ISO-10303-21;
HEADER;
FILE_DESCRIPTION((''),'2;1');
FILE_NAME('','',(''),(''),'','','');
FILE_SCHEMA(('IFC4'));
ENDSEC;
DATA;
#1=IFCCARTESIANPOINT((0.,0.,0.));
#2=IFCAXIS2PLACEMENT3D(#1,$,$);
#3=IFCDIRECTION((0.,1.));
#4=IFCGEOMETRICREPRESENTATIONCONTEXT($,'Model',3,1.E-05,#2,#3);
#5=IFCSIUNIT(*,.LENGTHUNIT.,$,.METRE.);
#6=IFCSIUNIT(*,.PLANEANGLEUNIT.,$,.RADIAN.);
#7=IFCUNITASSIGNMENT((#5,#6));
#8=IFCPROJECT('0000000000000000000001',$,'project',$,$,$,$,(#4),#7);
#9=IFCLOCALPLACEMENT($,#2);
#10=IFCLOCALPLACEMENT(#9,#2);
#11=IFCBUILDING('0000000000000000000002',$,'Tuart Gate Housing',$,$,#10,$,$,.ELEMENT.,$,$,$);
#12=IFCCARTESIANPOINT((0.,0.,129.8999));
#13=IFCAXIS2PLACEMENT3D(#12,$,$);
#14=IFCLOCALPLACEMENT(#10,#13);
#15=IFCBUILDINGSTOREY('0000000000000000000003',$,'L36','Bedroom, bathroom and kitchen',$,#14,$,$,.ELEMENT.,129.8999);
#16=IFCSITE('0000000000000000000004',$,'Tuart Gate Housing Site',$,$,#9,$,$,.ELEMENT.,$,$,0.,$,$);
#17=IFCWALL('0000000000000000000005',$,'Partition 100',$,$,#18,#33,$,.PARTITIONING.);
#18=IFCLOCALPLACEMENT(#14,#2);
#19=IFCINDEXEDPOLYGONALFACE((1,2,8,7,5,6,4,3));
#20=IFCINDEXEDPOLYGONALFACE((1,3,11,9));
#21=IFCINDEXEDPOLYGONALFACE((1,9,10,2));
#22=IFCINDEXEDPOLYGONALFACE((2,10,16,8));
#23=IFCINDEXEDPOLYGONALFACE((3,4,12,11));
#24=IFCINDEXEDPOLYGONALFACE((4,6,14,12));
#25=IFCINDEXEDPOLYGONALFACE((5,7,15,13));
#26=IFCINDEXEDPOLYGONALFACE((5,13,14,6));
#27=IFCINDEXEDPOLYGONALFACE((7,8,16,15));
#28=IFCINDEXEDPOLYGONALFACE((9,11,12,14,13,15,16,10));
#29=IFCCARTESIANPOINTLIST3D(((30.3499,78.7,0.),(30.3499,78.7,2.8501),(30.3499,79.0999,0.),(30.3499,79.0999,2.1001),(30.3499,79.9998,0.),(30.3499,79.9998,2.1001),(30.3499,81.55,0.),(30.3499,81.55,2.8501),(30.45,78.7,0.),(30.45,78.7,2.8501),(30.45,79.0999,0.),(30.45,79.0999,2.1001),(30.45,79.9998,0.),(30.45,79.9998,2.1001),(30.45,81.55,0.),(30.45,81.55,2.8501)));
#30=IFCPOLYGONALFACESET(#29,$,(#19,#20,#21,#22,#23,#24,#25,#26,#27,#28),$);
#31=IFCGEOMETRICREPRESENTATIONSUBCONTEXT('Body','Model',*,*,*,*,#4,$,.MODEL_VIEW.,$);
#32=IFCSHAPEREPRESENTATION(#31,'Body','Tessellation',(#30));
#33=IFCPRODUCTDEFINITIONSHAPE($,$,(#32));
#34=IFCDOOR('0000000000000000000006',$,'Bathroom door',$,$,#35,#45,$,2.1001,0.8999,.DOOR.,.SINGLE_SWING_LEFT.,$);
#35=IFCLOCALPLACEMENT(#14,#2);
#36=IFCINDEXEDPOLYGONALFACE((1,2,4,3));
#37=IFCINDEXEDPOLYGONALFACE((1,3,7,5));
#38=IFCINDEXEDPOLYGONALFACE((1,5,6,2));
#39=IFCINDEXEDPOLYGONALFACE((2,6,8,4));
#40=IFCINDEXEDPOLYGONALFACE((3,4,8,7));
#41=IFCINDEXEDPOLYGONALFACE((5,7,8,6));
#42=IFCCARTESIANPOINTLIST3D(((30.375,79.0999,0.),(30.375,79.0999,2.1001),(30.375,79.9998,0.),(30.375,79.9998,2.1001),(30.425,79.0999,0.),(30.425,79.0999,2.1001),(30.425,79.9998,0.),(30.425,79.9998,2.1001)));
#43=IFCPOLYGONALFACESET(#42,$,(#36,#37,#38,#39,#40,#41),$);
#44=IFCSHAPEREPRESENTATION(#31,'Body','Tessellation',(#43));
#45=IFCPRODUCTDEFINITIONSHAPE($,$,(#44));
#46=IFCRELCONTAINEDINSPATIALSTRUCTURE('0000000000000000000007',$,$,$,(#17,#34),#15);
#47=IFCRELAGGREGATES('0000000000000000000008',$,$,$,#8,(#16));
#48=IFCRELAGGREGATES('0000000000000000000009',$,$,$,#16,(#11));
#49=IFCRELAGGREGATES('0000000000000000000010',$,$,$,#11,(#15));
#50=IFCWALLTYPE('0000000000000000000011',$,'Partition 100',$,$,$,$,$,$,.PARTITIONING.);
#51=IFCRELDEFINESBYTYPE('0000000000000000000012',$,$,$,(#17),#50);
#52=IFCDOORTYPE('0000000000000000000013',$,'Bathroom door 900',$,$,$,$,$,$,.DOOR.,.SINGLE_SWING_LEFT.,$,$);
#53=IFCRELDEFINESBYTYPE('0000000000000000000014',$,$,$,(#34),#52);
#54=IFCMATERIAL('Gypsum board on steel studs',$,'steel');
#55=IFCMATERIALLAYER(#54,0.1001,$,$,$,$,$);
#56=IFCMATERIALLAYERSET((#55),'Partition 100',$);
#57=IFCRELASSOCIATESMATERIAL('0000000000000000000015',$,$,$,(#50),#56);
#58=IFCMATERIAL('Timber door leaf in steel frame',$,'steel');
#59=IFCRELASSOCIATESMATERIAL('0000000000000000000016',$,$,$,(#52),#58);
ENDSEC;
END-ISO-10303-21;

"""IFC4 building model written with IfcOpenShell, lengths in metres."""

from ifc_helpers import new_model, si_unit, direction, frame, frame_2d, origin, place, context, subcontext, project, spatial, rectangle, extrude, material, layer, layer_set, type_object, element, fill, save


model = new_model("IFC4")

# Units and contexts
model_context = context("Model", 3, precision=1e-05, world=origin(), true_north=direction((0.0, 1.0)))
body_context = subcontext(model_context, "Body", "Model", "MODEL_VIEW")
ifc_project = project(units=[si_unit("LENGTHUNIT", "METRE"), si_unit("PLANEANGLEUNIT", "RADIAN")], contexts=[model_context])

# Site, building, storey
site_placement = place(None, origin())
site = spatial("IfcSite", under=ifc_project, at=site_placement, Name="Tuart Gate Housing Site", CompositionType="ELEMENT", RefElevation=0.0)
building_placement = place(site_placement, origin())
building = spatial("IfcBuilding", under=site, at=building_placement, Name="Tuart Gate Housing", CompositionType="ELEMENT")
storey_placement = place(building_placement, frame((0.0, 0.0, 129.8999)))
storey = spatial("IfcBuildingStorey", under=building, at=storey_placement, Name="L36", Description="Bedroom, bathroom and kitchen", CompositionType="ELEMENT", Elevation=129.8999)

# Shared definitions
ifc_material_1 = material(Name="Gypsum board on steel studs", Category="steel")
ifc_layer_1 = layer(ifc_material_1, 0.1001)
ifc_layer_set_1 = layer_set([ifc_layer_1], Name="Partition 100")
wall_type_1 = type_object("IfcWallType", Name="Partition 100", PredefinedType="PARTITIONING", material=ifc_layer_set_1)

# Wall, opening, door
wall_1_placement = place(storey_placement, frame((30.3999, 78.7, 0.0), z_axis=(0.0, 0.0, 1.0), x_axis=(0.0, 1.0, 0.0)))
wall_1 = element("IfcWall", 1, at=wall_1_placement, inside=storey, type_object=wall_type_1, Name="Partition 100", PredefinedType="PARTITIONING", context=body_context, shape_type="SweptSolid", body=[
    extrude(rectangle(XDim=2.8501, YDim=0.1001, at=frame_2d((1.425, 0.0))), origin(), (0.0, 0.0, 1.0), 2.8501),
])
opening_1_placement = place(wall_1_placement, frame((0.3999, 0.0, 0.0)))
opening_1 = element("IfcOpeningElement", 2, at=opening_1_placement, cuts=wall_1, PredefinedType="OPENING", context=body_context, shape_type="SweptSolid", body=[
    extrude(rectangle(XDim=0.8999, YDim=2.1001, at=frame_2d((0.45, 1.05))), frame((0.0, 0.0601, 0.0), z_axis=(0.0, -1.0, 0.0), x_axis=(1.0, 0.0, 0.0)), (0.0, 0.0, 1.0), 0.1201),
])
ifc_material_2 = material(Name="Timber door leaf in steel frame", Category="steel")
door_type_1 = type_object("IfcDoorType", Name="Bathroom door 900", OperationType="SINGLE_SWING_LEFT", PredefinedType="DOOR", material=ifc_material_2)
door_1_placement = place(opening_1_placement, origin())
door_1 = element("IfcDoor", 3, at=door_1_placement, inside=storey, type_object=door_type_1, Name="Bathroom door", OperationType="SINGLE_SWING_LEFT", OverallHeight=2.1001, OverallWidth=0.8999, PredefinedType="DOOR", context=body_context, shape_type="SweptSolid", body=[
    extrude(rectangle(XDim=0.8999, YDim=2.1001, at=frame_2d((0.45, 1.05))), frame((0.0, 0.0249, 0.0), z_axis=(0.0, -1.0, 0.0), x_axis=(1.0, 0.0, 0.0)), (0.0, 0.0, 1.0), 0.05),
])
fill(opening_1, door_1)

save(model, "model.ifc")
